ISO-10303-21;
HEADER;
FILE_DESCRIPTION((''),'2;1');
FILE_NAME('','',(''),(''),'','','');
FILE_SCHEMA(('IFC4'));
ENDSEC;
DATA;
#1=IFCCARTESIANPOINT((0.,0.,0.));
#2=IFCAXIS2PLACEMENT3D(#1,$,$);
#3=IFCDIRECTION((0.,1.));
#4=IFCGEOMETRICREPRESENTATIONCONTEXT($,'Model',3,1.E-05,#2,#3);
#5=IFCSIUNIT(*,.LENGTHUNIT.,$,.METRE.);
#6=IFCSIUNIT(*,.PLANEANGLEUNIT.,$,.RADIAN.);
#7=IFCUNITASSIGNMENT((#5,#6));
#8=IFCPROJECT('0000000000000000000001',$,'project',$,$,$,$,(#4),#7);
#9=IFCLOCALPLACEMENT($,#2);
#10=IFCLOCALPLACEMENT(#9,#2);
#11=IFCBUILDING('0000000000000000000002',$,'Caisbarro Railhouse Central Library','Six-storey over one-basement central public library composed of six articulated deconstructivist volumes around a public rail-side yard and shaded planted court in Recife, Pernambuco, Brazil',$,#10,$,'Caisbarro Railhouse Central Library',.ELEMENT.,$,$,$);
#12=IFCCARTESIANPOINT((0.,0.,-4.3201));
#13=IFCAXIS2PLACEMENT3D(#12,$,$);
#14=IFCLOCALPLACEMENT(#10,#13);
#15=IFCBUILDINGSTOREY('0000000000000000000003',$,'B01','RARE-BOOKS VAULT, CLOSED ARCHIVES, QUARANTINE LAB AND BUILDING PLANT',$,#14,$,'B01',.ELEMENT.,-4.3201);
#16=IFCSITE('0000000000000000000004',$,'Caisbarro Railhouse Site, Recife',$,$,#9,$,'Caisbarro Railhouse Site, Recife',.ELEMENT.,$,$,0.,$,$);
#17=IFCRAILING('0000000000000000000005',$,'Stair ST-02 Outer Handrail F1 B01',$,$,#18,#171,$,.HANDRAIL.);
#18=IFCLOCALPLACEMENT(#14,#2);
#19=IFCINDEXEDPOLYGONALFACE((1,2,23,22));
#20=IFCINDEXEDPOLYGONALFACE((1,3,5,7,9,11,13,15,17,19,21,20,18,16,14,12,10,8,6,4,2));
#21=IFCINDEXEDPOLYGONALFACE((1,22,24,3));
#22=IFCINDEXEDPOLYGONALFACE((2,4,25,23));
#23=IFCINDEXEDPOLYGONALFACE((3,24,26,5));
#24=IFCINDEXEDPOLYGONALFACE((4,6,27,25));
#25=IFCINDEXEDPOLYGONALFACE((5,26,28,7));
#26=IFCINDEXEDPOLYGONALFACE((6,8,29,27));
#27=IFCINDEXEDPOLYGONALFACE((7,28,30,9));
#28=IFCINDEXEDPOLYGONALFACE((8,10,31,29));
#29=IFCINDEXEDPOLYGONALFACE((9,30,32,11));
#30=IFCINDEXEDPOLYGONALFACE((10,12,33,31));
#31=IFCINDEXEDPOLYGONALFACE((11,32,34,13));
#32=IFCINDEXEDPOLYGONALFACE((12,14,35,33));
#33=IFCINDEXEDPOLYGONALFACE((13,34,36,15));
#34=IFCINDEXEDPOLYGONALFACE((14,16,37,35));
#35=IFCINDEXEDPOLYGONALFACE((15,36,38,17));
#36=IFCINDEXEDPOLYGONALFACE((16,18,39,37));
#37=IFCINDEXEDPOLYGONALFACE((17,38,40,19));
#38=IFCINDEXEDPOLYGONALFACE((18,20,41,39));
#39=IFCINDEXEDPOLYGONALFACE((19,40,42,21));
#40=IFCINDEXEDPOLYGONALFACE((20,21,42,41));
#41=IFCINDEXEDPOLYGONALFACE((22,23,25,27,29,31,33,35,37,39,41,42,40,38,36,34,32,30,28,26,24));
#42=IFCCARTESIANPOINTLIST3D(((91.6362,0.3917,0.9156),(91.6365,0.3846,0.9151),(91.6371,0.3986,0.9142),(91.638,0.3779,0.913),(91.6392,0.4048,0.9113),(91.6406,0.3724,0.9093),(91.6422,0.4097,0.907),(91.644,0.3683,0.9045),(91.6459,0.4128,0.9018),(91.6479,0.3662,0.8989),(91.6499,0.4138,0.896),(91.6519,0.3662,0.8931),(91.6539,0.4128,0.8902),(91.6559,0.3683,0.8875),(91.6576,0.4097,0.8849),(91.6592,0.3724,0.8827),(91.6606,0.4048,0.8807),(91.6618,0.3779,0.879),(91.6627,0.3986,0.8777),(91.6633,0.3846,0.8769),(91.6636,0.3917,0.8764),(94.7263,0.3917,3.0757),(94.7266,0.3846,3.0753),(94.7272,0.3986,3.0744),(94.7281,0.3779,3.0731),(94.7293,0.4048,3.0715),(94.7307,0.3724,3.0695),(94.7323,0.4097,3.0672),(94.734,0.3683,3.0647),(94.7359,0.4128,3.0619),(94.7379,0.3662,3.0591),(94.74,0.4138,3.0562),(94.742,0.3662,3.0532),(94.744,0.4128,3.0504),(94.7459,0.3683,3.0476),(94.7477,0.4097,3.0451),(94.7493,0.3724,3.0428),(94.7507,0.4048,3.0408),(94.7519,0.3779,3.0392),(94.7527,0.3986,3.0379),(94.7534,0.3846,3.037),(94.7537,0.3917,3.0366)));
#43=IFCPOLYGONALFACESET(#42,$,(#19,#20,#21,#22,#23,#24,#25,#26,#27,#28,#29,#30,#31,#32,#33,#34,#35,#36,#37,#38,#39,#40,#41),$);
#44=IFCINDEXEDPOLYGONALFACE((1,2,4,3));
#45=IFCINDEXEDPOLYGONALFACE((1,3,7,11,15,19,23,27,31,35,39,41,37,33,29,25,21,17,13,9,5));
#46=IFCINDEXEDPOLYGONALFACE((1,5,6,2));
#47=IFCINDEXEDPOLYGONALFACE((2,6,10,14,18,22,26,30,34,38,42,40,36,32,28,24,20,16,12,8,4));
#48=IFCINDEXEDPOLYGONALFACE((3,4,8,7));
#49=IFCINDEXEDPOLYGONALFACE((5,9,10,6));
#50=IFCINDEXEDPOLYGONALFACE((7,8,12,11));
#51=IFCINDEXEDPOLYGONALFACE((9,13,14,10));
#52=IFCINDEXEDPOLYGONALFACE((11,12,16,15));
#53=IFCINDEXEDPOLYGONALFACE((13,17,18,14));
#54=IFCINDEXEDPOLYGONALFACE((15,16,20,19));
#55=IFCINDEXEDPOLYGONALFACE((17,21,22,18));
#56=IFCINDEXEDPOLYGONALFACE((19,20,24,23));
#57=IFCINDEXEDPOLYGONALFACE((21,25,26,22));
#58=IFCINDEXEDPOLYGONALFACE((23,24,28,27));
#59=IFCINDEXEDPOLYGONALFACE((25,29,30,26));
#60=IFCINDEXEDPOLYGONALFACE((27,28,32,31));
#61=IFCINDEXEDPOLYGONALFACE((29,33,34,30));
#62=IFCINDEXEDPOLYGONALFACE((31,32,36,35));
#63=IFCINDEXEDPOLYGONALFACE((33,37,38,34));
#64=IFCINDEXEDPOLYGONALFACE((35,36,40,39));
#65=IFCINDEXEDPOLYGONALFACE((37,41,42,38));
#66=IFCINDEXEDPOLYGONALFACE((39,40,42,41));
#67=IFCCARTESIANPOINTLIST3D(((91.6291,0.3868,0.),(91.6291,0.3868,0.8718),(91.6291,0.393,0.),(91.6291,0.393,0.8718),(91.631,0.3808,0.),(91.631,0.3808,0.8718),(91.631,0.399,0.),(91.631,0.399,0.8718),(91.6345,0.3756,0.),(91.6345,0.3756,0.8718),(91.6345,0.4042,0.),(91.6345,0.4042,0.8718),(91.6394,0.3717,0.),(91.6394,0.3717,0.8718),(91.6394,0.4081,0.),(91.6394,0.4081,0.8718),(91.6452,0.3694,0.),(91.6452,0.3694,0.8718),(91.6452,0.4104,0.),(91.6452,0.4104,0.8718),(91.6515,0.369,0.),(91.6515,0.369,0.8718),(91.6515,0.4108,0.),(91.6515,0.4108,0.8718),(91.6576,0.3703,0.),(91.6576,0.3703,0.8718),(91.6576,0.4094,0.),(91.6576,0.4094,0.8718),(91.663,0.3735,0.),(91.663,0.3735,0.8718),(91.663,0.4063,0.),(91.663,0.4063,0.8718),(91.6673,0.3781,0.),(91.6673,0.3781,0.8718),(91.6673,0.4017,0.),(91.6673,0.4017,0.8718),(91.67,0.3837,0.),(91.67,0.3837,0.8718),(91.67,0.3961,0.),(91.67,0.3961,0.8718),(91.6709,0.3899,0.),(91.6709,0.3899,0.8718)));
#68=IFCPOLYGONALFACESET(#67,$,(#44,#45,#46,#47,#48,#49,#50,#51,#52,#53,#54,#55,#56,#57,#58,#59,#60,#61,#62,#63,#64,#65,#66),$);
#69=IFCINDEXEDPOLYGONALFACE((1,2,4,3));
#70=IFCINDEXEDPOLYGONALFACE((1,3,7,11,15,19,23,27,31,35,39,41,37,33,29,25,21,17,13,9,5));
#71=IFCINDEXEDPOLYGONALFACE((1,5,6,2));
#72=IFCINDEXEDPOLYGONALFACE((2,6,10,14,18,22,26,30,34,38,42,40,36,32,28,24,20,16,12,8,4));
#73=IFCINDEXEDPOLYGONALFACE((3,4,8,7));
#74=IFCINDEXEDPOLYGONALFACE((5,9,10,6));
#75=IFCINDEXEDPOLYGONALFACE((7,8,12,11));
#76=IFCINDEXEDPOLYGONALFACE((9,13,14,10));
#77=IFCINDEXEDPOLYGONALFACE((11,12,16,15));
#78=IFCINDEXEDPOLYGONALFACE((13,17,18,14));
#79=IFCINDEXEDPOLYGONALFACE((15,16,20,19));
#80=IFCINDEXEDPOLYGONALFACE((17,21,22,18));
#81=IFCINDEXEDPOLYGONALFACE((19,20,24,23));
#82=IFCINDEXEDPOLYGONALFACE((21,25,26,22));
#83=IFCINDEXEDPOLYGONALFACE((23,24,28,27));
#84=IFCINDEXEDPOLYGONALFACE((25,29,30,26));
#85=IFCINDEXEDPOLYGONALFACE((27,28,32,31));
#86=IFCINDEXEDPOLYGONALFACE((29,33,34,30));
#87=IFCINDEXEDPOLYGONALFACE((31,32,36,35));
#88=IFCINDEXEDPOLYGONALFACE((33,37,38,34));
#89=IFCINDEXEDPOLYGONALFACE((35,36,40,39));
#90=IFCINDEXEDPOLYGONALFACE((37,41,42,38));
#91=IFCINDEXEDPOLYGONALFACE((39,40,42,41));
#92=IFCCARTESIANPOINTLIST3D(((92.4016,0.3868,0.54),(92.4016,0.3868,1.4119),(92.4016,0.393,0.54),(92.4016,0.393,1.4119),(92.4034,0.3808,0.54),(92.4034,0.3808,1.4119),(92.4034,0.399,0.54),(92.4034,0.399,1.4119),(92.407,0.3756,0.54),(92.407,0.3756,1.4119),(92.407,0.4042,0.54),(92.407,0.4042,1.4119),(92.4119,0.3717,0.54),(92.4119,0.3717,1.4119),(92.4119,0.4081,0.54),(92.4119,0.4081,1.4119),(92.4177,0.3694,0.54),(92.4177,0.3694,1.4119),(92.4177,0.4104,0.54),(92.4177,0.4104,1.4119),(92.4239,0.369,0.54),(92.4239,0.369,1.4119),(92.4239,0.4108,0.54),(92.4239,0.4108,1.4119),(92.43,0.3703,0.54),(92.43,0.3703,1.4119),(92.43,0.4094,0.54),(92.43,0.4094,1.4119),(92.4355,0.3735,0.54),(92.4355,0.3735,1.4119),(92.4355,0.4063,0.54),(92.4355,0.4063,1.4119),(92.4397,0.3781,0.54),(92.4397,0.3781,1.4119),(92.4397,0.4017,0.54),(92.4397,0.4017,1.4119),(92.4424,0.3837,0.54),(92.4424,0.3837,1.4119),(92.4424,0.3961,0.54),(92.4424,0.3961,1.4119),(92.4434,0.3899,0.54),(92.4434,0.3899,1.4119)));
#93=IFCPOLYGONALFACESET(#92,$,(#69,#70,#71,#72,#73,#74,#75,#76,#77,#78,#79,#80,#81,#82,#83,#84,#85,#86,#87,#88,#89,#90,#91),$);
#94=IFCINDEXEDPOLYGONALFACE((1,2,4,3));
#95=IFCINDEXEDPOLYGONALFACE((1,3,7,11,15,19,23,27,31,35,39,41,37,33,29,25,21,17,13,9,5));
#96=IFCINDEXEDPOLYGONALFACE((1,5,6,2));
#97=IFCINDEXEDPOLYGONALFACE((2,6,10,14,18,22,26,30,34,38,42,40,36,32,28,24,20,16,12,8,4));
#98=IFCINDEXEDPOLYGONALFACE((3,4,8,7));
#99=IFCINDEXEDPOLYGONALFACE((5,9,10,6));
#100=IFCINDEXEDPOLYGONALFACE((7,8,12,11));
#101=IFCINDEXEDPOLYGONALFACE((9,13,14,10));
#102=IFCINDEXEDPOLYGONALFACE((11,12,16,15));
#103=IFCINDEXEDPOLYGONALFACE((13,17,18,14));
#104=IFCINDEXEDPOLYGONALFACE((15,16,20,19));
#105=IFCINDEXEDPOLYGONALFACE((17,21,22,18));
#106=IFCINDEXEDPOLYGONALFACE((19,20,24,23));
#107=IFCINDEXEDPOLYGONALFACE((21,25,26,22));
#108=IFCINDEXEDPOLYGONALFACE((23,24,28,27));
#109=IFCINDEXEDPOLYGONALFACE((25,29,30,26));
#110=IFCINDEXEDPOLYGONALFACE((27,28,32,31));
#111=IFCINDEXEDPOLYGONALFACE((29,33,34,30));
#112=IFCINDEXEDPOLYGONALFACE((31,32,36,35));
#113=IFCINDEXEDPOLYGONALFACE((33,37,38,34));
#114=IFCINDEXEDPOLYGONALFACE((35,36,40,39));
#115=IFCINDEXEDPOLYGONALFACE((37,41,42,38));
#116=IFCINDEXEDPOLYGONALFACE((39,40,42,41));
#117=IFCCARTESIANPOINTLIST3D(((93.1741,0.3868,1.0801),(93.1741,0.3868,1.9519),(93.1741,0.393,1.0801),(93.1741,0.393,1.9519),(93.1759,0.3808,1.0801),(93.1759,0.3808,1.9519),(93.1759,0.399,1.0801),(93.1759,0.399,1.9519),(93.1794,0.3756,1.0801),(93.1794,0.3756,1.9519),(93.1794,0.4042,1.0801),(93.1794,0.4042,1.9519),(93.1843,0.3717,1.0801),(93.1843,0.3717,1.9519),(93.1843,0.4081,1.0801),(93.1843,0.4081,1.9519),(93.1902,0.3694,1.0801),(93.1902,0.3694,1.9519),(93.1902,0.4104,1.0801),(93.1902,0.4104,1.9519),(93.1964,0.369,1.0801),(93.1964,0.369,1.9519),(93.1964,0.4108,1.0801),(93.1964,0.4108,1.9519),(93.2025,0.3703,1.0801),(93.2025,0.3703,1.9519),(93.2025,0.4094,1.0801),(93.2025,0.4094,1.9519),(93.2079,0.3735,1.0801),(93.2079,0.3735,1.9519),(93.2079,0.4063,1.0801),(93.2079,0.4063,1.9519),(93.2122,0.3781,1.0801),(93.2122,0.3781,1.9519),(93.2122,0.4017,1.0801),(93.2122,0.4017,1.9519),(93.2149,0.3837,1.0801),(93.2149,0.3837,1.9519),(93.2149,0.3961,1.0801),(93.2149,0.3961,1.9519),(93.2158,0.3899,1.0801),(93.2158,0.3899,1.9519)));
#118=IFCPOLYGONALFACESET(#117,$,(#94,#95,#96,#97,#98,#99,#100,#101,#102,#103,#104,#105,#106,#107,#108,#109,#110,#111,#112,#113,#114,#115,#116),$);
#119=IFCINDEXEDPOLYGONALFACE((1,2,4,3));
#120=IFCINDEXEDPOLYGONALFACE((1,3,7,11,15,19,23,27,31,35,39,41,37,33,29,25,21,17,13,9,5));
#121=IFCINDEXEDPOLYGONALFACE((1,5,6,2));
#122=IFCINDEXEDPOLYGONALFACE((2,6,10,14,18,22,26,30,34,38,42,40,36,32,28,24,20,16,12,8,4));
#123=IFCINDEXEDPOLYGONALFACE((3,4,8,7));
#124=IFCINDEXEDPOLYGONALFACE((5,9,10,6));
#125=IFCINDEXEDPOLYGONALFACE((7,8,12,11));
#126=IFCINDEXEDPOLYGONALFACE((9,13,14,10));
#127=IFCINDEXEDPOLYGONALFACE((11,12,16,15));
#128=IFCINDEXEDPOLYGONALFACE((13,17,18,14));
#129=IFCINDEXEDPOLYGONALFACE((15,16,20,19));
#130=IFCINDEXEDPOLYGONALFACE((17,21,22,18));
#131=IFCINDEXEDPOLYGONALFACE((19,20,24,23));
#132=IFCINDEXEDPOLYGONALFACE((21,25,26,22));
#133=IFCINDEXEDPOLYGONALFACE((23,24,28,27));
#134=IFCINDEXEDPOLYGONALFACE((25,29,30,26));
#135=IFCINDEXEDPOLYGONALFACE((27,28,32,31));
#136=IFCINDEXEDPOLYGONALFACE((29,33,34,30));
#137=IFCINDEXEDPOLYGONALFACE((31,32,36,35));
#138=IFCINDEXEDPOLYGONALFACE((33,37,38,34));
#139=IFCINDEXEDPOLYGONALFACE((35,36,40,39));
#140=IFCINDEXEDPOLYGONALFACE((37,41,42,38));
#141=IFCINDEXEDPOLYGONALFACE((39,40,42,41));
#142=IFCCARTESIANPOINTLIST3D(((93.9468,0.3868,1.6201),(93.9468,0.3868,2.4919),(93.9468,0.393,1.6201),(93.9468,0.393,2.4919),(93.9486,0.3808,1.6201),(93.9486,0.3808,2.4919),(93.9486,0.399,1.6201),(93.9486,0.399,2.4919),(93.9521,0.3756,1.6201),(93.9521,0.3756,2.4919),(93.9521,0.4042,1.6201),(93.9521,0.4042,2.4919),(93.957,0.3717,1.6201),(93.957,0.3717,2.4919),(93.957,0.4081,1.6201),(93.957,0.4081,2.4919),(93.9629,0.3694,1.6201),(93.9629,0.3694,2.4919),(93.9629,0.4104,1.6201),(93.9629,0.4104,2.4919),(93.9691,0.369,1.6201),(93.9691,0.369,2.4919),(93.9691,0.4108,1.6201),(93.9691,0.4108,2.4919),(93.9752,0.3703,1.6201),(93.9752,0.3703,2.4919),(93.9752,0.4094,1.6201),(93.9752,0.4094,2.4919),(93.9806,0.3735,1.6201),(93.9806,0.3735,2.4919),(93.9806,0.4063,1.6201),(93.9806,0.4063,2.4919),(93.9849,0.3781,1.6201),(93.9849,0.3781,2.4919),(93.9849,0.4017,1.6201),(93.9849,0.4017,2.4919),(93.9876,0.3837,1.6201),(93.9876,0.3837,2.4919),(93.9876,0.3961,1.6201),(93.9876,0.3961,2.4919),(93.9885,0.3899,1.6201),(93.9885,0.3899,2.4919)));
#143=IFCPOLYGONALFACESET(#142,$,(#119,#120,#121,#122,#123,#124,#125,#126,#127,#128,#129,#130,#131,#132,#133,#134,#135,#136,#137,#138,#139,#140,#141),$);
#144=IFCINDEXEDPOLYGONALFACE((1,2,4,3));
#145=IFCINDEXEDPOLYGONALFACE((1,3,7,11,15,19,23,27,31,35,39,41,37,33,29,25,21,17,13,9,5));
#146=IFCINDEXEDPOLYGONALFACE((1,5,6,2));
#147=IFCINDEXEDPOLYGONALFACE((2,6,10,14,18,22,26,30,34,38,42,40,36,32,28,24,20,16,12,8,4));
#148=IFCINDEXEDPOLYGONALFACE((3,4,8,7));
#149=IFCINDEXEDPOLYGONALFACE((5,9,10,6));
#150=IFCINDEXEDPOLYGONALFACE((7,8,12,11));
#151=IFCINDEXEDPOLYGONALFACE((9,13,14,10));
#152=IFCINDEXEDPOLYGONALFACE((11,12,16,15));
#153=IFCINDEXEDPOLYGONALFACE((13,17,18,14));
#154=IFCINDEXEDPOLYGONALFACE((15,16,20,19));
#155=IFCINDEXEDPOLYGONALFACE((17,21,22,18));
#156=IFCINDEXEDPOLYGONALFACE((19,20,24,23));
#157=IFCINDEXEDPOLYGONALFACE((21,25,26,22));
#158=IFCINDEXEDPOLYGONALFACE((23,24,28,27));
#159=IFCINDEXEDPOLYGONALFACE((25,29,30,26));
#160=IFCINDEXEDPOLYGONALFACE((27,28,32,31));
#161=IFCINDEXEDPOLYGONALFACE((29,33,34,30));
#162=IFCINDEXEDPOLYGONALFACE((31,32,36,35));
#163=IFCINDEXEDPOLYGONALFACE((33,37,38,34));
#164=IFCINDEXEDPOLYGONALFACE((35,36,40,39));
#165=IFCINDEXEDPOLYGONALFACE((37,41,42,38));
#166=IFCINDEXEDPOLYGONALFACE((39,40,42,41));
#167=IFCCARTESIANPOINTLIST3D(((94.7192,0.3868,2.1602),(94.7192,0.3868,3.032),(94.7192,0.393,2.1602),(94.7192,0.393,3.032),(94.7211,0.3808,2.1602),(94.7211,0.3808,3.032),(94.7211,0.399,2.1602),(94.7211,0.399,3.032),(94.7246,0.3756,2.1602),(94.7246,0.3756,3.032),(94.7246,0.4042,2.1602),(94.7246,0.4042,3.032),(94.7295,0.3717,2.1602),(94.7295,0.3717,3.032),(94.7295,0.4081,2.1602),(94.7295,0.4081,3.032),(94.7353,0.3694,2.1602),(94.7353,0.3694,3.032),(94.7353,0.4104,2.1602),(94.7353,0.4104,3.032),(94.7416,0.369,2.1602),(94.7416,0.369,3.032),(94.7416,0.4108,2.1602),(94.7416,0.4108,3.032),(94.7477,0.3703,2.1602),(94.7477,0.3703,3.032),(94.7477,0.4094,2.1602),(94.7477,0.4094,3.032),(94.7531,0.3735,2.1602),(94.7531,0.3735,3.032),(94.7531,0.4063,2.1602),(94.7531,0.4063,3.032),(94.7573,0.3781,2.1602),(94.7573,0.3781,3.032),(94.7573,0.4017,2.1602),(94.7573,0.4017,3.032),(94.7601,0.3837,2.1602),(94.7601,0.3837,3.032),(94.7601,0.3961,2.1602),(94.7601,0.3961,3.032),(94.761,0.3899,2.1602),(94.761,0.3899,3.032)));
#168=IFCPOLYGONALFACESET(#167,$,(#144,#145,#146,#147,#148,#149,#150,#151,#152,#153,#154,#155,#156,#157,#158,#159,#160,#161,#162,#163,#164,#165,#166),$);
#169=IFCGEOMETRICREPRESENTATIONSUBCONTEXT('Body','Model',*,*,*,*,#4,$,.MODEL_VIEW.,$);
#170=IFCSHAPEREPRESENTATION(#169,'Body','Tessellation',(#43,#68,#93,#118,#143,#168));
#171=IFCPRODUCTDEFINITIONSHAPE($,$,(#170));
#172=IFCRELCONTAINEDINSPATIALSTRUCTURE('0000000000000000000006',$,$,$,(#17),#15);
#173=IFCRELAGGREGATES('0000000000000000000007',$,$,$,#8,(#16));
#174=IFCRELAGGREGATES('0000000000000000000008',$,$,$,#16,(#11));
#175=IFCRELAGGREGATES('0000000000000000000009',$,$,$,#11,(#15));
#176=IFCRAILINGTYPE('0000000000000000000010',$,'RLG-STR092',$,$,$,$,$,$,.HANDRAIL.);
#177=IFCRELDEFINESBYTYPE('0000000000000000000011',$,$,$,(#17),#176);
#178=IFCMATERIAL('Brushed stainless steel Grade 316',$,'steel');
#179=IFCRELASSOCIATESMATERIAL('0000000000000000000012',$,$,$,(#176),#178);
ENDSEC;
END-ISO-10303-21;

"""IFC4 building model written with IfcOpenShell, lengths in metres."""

from ifc_helpers import new_model, si_unit, direction, frame, origin, origin_2d, place, context, subcontext, project, spatial, circle, extrude, material, type_object, element, save


model = new_model("IFC4")

# Units and contexts
model_context = context("Model", 3, precision=1e-05, world=origin(), true_north=direction((0.0, 1.0)))
body_context = subcontext(model_context, "Body", "Model", "MODEL_VIEW")
ifc_project = project(units=[si_unit("LENGTHUNIT", "METRE"), si_unit("PLANEANGLEUNIT", "RADIAN")], contexts=[model_context])

# Site, building, storey
site_placement = place(None, origin())
site = spatial("IfcSite", under=ifc_project, at=site_placement, Name="Caisbarro Railhouse Site, Recife", LongName="Caisbarro Railhouse Site, Recife", CompositionType="ELEMENT", RefElevation=0.0)
building_placement = place(site_placement, origin())
building = spatial("IfcBuilding", under=site, at=building_placement, Name="Caisbarro Railhouse Central Library", Description="Six-storey over one-basement central public library composed of six articulated deconstructivist volumes around a public rail-side yard and shaded planted court in Recife, Pernambuco, Brazil", LongName="Caisbarro Railhouse Central Library", CompositionType="ELEMENT")
storey_placement = place(building_placement, frame((0.0, 0.0, -4.3201)))
storey = spatial("IfcBuildingStorey", under=building, at=storey_placement, Name="B01", Description="RARE-BOOKS VAULT, CLOSED ARCHIVES, QUARANTINE LAB AND BUILDING PLANT", LongName="B01", CompositionType="ELEMENT", Elevation=-4.3201)

# Railing
ifc_material_1 = material(Name="Brushed stainless steel Grade 316", Category="steel")
railing_type_1 = type_object("IfcRailingType", Name="RLG-STR092", PredefinedType="HANDRAIL", material=ifc_material_1)
railing_1_placement = place(storey_placement, frame((91.6499, 0.3899, 0.0)))
element("IfcRailing", 1, at=railing_1_placement, inside=storey, type_object=railing_type_1, Name="Stair ST-02 Outer Handrail F1 B01", PredefinedType="HANDRAIL", context=body_context, shape_type="SweptSolid", body=[
    extrude(circle(Radius=0.0239, at=origin_2d()), frame((0.0, 0.0, 0.896), z_axis=(0.819594, 0.0, 0.572945), x_axis=(0.0, 1.0, 0.0)), (0.0, 0.0, 1.0), 3.7703),
    extrude(circle(Radius=0.021, at=origin_2d()), origin(), (0.0, 0.0, 1.0), 0.8718),
    extrude(circle(Radius=0.021, at=origin_2d()), frame((0.7725, 0.0, 0.54)), (0.0, 0.0, 1.0), 0.8718),
    extrude(circle(Radius=0.021, at=origin_2d()), frame((1.5449, 0.0, 1.0801)), (0.0, 0.0, 1.0), 0.8718),
    extrude(circle(Radius=0.021, at=origin_2d()), frame((2.3176, 0.0, 1.6201)), (0.0, 0.0, 1.0), 0.8718),
    extrude(circle(Radius=0.021, at=origin_2d()), frame((3.0901, 0.0, 2.1602)), (0.0, 0.0, 1.0), 0.8718),
])

save(model, "model.ifc")
